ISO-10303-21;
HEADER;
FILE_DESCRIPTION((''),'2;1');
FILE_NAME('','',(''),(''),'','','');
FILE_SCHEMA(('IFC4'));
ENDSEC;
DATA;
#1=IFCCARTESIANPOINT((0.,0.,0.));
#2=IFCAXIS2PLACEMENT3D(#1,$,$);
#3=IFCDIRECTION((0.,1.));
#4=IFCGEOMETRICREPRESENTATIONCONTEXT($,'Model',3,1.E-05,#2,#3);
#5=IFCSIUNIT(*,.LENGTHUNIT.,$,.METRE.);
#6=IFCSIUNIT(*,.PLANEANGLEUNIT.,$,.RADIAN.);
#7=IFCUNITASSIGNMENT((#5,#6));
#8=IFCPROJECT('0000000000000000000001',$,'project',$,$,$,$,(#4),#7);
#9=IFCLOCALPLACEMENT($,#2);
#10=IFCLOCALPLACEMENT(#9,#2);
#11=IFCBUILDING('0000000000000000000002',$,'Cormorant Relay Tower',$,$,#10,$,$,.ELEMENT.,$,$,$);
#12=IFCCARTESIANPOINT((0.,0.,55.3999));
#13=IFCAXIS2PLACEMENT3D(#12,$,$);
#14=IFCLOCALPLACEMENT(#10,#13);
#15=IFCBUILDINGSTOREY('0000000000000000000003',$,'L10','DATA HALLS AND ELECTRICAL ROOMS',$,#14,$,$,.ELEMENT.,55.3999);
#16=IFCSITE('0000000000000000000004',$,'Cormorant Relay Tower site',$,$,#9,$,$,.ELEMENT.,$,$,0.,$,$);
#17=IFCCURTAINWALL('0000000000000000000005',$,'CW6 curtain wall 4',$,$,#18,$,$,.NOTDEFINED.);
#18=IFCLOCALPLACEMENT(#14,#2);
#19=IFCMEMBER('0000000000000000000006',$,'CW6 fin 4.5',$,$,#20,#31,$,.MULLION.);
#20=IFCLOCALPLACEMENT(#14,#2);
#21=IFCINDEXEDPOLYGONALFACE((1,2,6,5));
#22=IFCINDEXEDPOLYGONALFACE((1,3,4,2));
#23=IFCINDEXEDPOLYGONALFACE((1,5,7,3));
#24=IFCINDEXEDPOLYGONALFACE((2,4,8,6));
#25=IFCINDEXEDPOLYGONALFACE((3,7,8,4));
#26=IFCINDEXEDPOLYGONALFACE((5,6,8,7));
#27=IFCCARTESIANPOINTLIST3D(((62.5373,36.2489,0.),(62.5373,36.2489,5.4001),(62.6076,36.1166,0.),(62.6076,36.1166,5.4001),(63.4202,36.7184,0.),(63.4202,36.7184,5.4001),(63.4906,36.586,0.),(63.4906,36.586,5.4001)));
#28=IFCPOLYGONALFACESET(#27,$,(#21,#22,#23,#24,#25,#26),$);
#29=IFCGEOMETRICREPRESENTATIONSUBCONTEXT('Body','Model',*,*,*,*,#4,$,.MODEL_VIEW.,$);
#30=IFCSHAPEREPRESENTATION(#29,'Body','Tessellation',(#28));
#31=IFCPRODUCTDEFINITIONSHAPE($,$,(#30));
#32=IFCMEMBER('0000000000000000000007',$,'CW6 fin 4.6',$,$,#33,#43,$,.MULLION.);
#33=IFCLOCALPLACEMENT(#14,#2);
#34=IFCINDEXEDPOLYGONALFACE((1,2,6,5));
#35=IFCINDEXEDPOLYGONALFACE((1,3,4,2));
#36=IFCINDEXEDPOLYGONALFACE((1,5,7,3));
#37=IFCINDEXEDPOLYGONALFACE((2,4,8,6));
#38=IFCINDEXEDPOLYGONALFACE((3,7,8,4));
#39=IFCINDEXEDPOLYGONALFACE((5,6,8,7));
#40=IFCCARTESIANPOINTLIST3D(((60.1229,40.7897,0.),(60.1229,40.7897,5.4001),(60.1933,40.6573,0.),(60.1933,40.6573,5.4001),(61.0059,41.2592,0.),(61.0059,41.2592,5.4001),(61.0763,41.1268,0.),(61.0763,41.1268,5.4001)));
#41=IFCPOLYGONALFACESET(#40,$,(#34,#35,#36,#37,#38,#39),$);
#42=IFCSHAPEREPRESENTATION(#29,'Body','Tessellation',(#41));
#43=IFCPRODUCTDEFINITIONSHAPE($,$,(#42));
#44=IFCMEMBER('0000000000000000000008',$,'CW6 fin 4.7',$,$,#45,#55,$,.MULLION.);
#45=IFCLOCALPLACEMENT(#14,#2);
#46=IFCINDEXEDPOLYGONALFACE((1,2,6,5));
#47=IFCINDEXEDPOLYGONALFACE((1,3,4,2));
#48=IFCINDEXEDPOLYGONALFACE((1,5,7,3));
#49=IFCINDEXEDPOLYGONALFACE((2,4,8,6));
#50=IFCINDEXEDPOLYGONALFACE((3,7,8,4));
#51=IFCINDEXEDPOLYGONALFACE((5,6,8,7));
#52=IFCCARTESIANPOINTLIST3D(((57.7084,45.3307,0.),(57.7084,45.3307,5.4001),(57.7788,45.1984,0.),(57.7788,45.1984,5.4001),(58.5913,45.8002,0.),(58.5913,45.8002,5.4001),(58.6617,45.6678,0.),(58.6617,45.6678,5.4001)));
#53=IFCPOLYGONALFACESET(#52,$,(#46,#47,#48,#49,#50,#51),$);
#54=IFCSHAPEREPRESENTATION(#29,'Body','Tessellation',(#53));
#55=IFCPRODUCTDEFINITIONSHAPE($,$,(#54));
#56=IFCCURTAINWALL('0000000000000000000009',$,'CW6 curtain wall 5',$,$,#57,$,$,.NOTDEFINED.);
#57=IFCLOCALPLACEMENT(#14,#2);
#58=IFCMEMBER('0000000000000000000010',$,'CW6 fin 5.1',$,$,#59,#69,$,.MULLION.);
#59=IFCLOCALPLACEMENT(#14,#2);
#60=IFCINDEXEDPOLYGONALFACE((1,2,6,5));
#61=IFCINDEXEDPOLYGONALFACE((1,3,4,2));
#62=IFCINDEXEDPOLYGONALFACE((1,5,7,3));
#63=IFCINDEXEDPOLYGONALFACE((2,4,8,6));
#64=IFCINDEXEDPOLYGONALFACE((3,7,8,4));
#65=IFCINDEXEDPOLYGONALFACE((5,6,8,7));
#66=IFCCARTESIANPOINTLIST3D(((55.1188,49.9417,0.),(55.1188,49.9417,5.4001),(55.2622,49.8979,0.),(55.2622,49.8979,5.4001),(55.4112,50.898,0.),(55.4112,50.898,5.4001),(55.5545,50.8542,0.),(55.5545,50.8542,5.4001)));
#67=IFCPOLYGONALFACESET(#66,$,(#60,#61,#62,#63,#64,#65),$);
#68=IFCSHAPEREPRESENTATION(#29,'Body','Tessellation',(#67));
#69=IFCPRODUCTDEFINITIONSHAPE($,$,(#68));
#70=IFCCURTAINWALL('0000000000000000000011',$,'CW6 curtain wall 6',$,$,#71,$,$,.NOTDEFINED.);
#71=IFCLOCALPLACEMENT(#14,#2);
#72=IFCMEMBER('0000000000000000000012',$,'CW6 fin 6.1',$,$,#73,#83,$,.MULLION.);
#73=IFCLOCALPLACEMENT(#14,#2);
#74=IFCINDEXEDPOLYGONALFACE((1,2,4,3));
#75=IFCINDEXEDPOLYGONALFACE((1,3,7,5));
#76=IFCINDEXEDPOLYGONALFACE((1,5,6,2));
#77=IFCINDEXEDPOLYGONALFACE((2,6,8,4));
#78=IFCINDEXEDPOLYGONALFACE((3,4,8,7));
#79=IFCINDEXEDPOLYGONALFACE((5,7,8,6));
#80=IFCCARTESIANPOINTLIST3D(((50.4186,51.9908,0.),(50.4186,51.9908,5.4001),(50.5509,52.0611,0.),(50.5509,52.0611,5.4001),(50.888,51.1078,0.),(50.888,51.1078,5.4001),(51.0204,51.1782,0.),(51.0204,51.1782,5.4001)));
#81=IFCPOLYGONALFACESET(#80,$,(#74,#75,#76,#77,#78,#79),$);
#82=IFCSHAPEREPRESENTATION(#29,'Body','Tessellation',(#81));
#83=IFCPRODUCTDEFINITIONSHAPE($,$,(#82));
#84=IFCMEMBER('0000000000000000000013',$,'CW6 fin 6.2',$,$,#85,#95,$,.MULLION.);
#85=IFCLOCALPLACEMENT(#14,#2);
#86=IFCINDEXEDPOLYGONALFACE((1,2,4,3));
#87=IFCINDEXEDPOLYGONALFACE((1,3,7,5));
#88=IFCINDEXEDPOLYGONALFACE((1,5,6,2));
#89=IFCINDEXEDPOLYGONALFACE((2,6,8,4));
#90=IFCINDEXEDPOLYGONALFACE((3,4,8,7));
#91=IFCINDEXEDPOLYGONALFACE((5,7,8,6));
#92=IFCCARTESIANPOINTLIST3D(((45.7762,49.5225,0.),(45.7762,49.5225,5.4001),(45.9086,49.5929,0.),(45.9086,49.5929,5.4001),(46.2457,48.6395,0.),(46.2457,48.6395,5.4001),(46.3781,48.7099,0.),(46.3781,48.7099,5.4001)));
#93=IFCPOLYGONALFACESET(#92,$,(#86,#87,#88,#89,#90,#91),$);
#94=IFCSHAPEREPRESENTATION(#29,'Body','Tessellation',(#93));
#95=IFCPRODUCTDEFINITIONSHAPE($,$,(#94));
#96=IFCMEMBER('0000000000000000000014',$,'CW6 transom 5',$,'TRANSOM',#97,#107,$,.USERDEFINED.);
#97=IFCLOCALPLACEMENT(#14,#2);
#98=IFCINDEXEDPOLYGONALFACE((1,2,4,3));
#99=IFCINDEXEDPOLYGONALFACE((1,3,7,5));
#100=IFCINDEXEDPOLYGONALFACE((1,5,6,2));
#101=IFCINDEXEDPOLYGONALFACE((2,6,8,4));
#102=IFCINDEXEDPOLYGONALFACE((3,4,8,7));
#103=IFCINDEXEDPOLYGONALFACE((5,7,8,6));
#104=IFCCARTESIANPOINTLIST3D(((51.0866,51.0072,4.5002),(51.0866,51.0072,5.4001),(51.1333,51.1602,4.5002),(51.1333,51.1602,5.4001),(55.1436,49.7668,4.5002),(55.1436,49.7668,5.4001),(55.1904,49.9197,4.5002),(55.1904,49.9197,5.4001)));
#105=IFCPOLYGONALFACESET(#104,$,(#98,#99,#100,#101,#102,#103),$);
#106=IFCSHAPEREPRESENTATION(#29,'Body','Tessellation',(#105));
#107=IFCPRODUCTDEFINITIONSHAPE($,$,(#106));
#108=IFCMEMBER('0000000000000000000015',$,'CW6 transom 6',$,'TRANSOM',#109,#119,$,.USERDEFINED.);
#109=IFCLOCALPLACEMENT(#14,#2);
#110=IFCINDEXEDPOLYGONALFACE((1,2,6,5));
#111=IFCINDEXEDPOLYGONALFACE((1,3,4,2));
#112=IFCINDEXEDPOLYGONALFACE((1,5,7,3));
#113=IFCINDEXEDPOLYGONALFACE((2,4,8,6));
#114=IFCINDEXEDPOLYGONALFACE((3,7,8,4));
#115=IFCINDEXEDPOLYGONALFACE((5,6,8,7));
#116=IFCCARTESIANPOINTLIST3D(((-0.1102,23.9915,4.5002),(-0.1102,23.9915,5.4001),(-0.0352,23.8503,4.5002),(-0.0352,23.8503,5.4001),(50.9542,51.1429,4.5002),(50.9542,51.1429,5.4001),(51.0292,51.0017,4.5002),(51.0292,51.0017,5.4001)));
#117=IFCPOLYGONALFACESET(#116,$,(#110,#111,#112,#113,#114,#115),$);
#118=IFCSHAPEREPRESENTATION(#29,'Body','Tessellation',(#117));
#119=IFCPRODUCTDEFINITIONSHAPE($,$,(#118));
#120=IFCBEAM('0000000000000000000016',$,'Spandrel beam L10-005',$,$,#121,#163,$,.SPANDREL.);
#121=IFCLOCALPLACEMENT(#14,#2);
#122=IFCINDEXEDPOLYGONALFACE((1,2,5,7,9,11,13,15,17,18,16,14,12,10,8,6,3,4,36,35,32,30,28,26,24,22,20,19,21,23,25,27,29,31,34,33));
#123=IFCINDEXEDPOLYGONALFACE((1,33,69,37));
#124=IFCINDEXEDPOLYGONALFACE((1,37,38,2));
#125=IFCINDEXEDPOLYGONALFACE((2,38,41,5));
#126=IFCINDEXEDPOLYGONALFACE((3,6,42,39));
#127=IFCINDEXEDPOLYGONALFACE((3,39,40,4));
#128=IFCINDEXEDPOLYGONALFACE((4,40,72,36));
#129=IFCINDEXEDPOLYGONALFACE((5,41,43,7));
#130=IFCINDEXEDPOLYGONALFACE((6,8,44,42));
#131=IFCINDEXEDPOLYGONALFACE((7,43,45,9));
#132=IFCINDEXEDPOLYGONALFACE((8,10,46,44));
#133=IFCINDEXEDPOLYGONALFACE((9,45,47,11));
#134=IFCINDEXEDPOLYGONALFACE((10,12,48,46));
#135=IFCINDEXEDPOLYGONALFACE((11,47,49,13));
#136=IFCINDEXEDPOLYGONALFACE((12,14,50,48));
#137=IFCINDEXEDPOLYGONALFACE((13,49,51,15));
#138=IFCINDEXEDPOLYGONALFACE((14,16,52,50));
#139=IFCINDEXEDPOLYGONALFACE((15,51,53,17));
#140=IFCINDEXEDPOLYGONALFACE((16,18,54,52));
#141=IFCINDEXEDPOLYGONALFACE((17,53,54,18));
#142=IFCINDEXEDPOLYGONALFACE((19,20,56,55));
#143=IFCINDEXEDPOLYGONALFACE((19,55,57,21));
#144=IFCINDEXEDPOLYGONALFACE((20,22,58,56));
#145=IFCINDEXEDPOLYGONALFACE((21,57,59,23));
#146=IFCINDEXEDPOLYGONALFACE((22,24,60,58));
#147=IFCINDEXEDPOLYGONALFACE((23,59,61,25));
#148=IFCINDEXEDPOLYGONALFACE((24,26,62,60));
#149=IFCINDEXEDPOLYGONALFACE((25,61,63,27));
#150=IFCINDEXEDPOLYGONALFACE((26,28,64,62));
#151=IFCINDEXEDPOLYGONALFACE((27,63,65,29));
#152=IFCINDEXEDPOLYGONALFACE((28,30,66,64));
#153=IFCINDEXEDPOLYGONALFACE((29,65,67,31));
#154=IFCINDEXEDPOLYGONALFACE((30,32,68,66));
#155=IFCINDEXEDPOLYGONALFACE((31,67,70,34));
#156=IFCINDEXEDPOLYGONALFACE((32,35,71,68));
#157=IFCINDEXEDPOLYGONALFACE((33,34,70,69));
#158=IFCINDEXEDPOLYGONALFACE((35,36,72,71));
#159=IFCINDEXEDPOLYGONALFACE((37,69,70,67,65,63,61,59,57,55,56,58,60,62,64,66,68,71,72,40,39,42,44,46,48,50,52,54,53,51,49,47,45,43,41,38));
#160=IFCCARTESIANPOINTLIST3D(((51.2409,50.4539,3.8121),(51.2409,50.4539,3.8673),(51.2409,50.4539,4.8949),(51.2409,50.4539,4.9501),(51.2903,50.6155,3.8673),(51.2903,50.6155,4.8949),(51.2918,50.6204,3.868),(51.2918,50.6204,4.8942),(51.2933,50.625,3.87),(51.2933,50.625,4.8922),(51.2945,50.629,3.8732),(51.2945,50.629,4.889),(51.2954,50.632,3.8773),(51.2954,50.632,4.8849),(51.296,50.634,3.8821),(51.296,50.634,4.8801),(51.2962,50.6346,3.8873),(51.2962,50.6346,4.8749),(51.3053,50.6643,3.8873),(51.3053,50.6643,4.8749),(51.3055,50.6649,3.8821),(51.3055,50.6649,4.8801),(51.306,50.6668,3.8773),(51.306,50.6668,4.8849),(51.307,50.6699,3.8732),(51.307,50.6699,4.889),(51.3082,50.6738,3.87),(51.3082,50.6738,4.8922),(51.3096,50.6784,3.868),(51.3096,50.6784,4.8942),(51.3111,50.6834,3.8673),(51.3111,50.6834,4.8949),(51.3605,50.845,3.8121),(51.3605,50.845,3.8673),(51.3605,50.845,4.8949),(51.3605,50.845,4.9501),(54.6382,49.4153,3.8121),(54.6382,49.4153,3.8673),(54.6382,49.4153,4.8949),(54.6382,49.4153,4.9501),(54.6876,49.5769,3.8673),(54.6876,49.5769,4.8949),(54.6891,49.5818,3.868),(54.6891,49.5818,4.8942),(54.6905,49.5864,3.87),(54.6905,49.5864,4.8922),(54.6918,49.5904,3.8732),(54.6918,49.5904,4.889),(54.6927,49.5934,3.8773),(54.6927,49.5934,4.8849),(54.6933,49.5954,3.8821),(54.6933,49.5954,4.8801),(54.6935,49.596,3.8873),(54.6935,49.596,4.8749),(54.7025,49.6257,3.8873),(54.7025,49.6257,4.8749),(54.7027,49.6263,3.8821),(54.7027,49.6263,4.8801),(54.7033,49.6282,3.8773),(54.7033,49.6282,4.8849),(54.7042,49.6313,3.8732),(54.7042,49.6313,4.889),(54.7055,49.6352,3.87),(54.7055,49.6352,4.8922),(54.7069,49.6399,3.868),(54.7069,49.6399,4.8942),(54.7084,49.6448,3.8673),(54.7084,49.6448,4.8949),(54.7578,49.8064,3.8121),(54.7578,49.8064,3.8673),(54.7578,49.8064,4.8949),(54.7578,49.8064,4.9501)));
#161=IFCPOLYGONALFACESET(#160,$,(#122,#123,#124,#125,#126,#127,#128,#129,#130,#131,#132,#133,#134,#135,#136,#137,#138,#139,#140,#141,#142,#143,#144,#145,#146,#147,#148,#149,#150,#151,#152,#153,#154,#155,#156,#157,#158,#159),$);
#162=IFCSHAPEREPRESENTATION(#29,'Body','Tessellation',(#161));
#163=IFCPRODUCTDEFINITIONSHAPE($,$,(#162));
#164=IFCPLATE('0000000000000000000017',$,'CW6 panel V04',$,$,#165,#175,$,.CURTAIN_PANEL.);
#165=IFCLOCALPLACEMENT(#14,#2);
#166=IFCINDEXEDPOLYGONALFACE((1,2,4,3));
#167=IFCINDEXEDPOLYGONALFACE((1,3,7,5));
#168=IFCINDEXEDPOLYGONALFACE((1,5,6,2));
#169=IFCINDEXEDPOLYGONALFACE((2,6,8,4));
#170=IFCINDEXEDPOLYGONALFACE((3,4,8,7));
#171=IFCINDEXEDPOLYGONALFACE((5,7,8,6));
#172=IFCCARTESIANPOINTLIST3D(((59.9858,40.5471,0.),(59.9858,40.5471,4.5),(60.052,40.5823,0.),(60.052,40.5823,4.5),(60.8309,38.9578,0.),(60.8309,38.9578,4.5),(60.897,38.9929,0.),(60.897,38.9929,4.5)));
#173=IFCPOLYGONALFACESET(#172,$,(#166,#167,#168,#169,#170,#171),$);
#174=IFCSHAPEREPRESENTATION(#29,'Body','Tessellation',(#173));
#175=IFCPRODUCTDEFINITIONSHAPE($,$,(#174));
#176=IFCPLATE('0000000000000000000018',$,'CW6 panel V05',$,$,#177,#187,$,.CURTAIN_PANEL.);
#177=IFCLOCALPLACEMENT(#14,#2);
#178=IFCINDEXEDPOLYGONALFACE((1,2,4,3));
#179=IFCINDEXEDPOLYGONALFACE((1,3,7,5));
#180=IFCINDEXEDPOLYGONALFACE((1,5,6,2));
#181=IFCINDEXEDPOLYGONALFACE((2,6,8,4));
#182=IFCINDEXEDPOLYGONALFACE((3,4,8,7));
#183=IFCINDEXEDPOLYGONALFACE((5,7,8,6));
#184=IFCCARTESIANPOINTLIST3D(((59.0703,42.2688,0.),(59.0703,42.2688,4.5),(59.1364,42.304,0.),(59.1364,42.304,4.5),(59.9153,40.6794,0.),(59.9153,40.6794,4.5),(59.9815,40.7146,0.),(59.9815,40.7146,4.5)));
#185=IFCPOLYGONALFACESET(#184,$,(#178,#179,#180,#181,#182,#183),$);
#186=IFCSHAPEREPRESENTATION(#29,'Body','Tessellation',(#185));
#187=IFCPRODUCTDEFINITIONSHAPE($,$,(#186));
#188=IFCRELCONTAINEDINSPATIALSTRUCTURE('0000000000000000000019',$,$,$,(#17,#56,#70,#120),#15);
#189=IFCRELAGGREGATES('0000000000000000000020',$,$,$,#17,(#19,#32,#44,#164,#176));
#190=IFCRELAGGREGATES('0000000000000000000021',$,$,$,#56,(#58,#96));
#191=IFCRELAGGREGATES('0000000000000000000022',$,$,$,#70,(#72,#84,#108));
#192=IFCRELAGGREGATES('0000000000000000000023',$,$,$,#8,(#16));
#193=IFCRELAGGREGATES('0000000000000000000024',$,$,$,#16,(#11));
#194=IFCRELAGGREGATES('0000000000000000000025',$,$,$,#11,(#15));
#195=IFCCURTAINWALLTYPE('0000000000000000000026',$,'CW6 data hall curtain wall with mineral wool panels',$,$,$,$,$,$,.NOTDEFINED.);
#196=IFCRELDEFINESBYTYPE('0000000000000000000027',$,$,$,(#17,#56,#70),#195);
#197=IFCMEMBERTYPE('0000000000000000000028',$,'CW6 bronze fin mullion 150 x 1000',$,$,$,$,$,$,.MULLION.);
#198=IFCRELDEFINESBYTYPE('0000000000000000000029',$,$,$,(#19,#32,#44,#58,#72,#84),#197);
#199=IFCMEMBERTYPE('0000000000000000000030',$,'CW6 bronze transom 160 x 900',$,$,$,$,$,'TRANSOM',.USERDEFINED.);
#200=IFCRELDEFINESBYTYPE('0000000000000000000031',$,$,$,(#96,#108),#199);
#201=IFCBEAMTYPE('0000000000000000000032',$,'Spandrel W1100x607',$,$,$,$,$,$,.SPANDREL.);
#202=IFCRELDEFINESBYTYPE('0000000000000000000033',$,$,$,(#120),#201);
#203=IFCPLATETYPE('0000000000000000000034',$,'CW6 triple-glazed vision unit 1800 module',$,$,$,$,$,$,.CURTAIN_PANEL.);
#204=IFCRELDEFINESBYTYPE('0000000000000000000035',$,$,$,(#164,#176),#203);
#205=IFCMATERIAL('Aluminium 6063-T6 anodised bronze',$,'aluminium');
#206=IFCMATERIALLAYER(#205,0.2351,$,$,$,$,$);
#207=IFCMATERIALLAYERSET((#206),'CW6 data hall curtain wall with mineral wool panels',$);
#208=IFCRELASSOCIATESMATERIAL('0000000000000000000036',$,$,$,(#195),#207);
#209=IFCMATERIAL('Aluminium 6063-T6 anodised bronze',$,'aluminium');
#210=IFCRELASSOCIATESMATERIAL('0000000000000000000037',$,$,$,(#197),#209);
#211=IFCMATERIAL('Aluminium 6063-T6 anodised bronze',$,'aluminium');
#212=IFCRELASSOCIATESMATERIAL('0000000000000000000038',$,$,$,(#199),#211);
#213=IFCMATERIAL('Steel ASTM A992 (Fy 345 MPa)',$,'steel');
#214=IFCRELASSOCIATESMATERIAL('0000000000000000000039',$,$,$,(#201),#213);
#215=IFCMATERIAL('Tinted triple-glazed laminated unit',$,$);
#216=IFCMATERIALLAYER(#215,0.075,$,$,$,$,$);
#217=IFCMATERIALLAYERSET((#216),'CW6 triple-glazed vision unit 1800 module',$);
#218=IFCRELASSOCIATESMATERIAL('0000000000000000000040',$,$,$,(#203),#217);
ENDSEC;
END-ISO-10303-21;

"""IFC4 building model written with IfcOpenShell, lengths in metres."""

from ifc_helpers import new_model, si_unit, direction, frame, origin, origin_2d, place, context, subcontext, project, spatial, rectangle, i_section, extrude, material, layer, layer_set, material_profile, profile_set, type_object, element, aggregate, save


model = new_model("IFC4")

# Units and contexts
model_context = context("Model", 3, precision=1e-05, world=origin(), true_north=direction((0.0, 1.0)))
body_context = subcontext(model_context, "Body", "Model", "MODEL_VIEW")
ifc_project = project(units=[si_unit("LENGTHUNIT", "METRE"), si_unit("PLANEANGLEUNIT", "RADIAN")], contexts=[model_context])

# Site, building, storey
site_placement = place(None, origin())
site = spatial("IfcSite", under=ifc_project, at=site_placement, Name="Cormorant Relay Tower site", CompositionType="ELEMENT", RefElevation=0.0)
building_placement = place(site_placement, origin())
building = spatial("IfcBuilding", under=site, at=building_placement, Name="Cormorant Relay Tower", CompositionType="ELEMENT")
storey_placement = place(building_placement, frame((0.0, 0.0, 55.3999)))
storey = spatial("IfcBuildingStorey", under=building, at=storey_placement, Name="L10", Description="DATA HALLS AND ELECTRICAL ROOMS", CompositionType="ELEMENT", Elevation=55.3999)

# Curtain wall, members
ifc_material_1 = material(Name="Aluminium 6063-T6 anodised bronze", Category="aluminium")
ifc_layer_1 = layer(ifc_material_1, 0.2351)
ifc_layer_set_1 = layer_set([ifc_layer_1], Name="CW6 data hall curtain wall with mineral wool panels")
curtain_wall_type = type_object("IfcCurtainWallType", Name="CW6 data hall curtain wall with mineral wool panels", PredefinedType="NOTDEFINED", material=ifc_layer_set_1)
curtain_wall_1_placement = place(storey_placement, origin())
curtain_wall_1 = element("IfcCurtainWall", 1, at=curtain_wall_1_placement, inside=storey, type_object=curtain_wall_type, Name="CW6 curtain wall 4", PredefinedType="NOTDEFINED")
ifc_material_2 = material(Name="Aluminium 6063-T6 anodised bronze", Category="aluminium")
ifc_material_profile_1 = material_profile(ifc_material_2, rectangle(XDim=0.1499, YDim=1.0, at=origin_2d()), Name="AL 150x1000")
ifc_profile_set_1 = profile_set([ifc_material_profile_1], Name="Aluminium 6063-T6 anodised bronze")
member_type_1 = type_object("IfcMemberType", Name="CW6 bronze fin mullion 150 x 1000", PredefinedType="MULLION", material=ifc_profile_set_1)
member_1_placement = place(storey_placement, frame((63.0139, 36.4175, 0.0), z_axis=(0.0, 0.0, 1.0), x_axis=(-0.469472, 0.882948, 0.0)))
member_1 = element("IfcMember", 2, at=member_1_placement, type_object=member_type_1, Name="CW6 fin 4.5", PredefinedType="MULLION", context=body_context, shape_type="SweptSolid", body=[
    extrude(rectangle(XDim=0.1499, YDim=1.0, at=origin_2d()), origin(), (0.0, 0.0, 1.0), 5.4001),
])
member_2_placement = place(storey_placement, frame((60.5996, 40.9583, 0.0), z_axis=(0.0, 0.0, 1.0), x_axis=(-0.469472, 0.882948, 0.0)))
member_2 = element("IfcMember", 3, at=member_2_placement, type_object=member_type_1, Name="CW6 fin 4.6", PredefinedType="MULLION", context=body_context, shape_type="SweptSolid", body=[
    extrude(rectangle(XDim=0.1499, YDim=1.0, at=origin_2d()), origin(), (0.0, 0.0, 1.0), 5.4001),
])
member_3_placement = place(storey_placement, frame((58.1851, 45.4993, 0.0), z_axis=(0.0, 0.0, 1.0), x_axis=(-0.469472, 0.882948, 0.0)))
member_3 = element("IfcMember", 4, at=member_3_placement, type_object=member_type_1, Name="CW6 fin 4.7", PredefinedType="MULLION", context=body_context, shape_type="SweptSolid", body=[
    extrude(rectangle(XDim=0.1499, YDim=1.0, at=origin_2d()), origin(), (0.0, 0.0, 1.0), 5.4001),
])

# Curtain wall, member
curtain_wall_2_placement = place(storey_placement, origin())
curtain_wall_2 = element("IfcCurtainWall", 5, at=curtain_wall_2_placement, inside=storey, type_object=curtain_wall_type, Name="CW6 curtain wall 5", PredefinedType="NOTDEFINED")
member_4_placement = place(storey_placement, frame((55.3367, 50.3979, 0.0), z_axis=(0.0, 0.0, 1.0), x_axis=(-0.956305, 0.292372, 0.0)))
member_4 = element("IfcMember", 6, at=member_4_placement, type_object=member_type_1, Name="CW6 fin 5.1", PredefinedType="MULLION", context=body_context, shape_type="SweptSolid", body=[
    extrude(rectangle(XDim=0.1499, YDim=1.0, at=origin_2d()), origin(), (0.0, 0.0, 1.0), 5.4001),
])

# Curtain wall, members
curtain_wall_3_placement = place(storey_placement, origin())
curtain_wall_3 = element("IfcCurtainWall", 7, at=curtain_wall_3_placement, inside=storey, type_object=curtain_wall_type, Name="CW6 curtain wall 6", PredefinedType="NOTDEFINED")
member_5_placement = place(storey_placement, frame((50.7195, 51.5845, 0.0), z_axis=(0.0, 0.0, 1.0), x_axis=(-0.882948, -0.469472, 0.0)))
member_5 = element("IfcMember", 8, at=member_5_placement, type_object=member_type_1, Name="CW6 fin 6.1", PredefinedType="MULLION", context=body_context, shape_type="SweptSolid", body=[
    extrude(rectangle(XDim=0.1499, YDim=1.0, at=origin_2d()), origin(), (0.0, 0.0, 1.0), 5.4001),
])
member_6_placement = place(storey_placement, frame((46.0771, 49.1162, 0.0), z_axis=(0.0, 0.0, 1.0), x_axis=(-0.882948, -0.469472, 0.0)))
member_6 = element("IfcMember", 9, at=member_6_placement, type_object=member_type_1, Name="CW6 fin 6.2", PredefinedType="MULLION", context=body_context, shape_type="SweptSolid", body=[
    extrude(rectangle(XDim=0.1499, YDim=1.0, at=origin_2d()), origin(), (0.0, 0.0, 1.0), 5.4001),
])

# Members
ifc_material_3 = material(Name="Aluminium 6063-T6 anodised bronze", Category="aluminium")
ifc_material_profile_2 = material_profile(ifc_material_3, rectangle(XDim=0.1599, YDim=0.8999, at=origin_2d()), Name="AL 160x900")
ifc_profile_set_2 = profile_set([ifc_material_profile_2], Name="Aluminium 6063-T6 anodised bronze")
member_type_2 = type_object("IfcMemberType", Name="CW6 bronze transom 160 x 900", ElementType="TRANSOM", PredefinedType="USERDEFINED", material=ifc_profile_set_2)
member_7_placement = place(storey_placement, frame((55.167, 49.8433, 4.9502), z_axis=(-0.956299, 0.292391, 0.0), x_axis=(-0.292391, -0.956299, 0.0)))
member_7 = element("IfcMember", 10, at=member_7_placement, type_object=member_type_2, Name="CW6 transom 5", ObjectType="TRANSOM", PredefinedType="USERDEFINED", context=body_context, shape_type="SweptSolid", body=[
    extrude(rectangle(XDim=0.1599, YDim=0.8999, at=origin_2d()), origin(), (0.0, 0.0, 1.0), 4.2424),
])
member_8_placement = place(storey_placement, frame((50.9917, 51.0723, 4.9502), z_axis=(-0.882948, -0.46947, 0.0), x_axis=(0.46947, -0.882948, 0.0)))
member_8 = element("IfcMember", 11, at=member_8_placement, type_object=member_type_2, Name="CW6 transom 6", ObjectType="TRANSOM", PredefinedType="USERDEFINED", context=body_context, shape_type="SweptSolid", body=[
    extrude(rectangle(XDim=0.1599, YDim=0.8999, at=origin_2d()), origin(), (0.0, 0.0, 1.0), 57.834),
])

# Beam
ifc_material_4 = material(Name="Steel ASTM A992 (Fy 345 MPa)", Category="steel")
ifc_material_profile_3 = material_profile(ifc_material_4, i_section(OverallWidth=0.4089, OverallDepth=1.1379, WebThickness=0.031, FlangeThickness=0.0552, FilletRadius=0.02, at=origin_2d()), Name="W1100x607")
ifc_profile_set_3 = profile_set([ifc_material_profile_3], Name="Steel ASTM A992 (Fy 345 MPa)")
beam_type = type_object("IfcBeamType", Name="Spandrel W1100x607", PredefinedType="SPANDREL", material=ifc_profile_set_3)
beam_placement = place(storey_placement, frame((54.698, 49.6108, 4.3811), z_axis=(-0.956309, 0.292356, 0.0), x_axis=(-0.292356, -0.956309, 0.0)))
element("IfcBeam", 12, at=beam_placement, inside=storey, type_object=beam_type, Name="Spandrel beam L10-005", PredefinedType="SPANDREL", context=body_context, shape_type="SweptSolid", body=[
    extrude(i_section(OverallWidth=0.4089, OverallDepth=1.1379, WebThickness=0.031, FlangeThickness=0.0552, FilletRadius=0.02, at=origin_2d()), origin(), (0.0, 0.0, 1.0), 3.5525),
])

# Plates
ifc_material_5 = material(Name="Tinted triple-glazed laminated unit")
ifc_layer_2 = layer(ifc_material_5, 0.075)
ifc_layer_set_2 = layer_set([ifc_layer_2], Name="CW6 triple-glazed vision unit 1800 module")
plate_type = type_object("IfcPlateType", Name="CW6 triple-glazed vision unit 1800 module", PredefinedType="CURTAIN_PANEL", material=ifc_layer_set_2)
plate_1_placement = place(storey_placement, frame((60.4414, 39.77, 0.0), z_axis=(0.0, 0.0, 1.0), x_axis=(-0.469472, 0.882948, 0.0)))
plate_1 = element("IfcPlate", 13, at=plate_1_placement, type_object=plate_type, Name="CW6 panel V04", PredefinedType="CURTAIN_PANEL", context=body_context, shape_type="SweptSolid", body=[
    extrude(rectangle(XDim=1.8, YDim=0.075, at=origin_2d()), origin(), (0.0, 0.0, 1.0), 4.5),
])
plate_2_placement = place(storey_placement, frame((59.5259, 41.4917, 0.0), z_axis=(0.0, 0.0, 1.0), x_axis=(-0.469472, 0.882948, 0.0)))
plate_2 = element("IfcPlate", 14, at=plate_2_placement, type_object=plate_type, Name="CW6 panel V05", PredefinedType="CURTAIN_PANEL", context=body_context, shape_type="SweptSolid", body=[
    extrude(rectangle(XDim=1.8, YDim=0.075, at=origin_2d()), origin(), (0.0, 0.0, 1.0), 4.5),
])

aggregate(curtain_wall_1, [member_1, member_2, member_3, plate_1, plate_2])
aggregate(curtain_wall_2, [member_4, member_7])
aggregate(curtain_wall_3, [member_5, member_6, member_8])

save(model, "model.ifc")
